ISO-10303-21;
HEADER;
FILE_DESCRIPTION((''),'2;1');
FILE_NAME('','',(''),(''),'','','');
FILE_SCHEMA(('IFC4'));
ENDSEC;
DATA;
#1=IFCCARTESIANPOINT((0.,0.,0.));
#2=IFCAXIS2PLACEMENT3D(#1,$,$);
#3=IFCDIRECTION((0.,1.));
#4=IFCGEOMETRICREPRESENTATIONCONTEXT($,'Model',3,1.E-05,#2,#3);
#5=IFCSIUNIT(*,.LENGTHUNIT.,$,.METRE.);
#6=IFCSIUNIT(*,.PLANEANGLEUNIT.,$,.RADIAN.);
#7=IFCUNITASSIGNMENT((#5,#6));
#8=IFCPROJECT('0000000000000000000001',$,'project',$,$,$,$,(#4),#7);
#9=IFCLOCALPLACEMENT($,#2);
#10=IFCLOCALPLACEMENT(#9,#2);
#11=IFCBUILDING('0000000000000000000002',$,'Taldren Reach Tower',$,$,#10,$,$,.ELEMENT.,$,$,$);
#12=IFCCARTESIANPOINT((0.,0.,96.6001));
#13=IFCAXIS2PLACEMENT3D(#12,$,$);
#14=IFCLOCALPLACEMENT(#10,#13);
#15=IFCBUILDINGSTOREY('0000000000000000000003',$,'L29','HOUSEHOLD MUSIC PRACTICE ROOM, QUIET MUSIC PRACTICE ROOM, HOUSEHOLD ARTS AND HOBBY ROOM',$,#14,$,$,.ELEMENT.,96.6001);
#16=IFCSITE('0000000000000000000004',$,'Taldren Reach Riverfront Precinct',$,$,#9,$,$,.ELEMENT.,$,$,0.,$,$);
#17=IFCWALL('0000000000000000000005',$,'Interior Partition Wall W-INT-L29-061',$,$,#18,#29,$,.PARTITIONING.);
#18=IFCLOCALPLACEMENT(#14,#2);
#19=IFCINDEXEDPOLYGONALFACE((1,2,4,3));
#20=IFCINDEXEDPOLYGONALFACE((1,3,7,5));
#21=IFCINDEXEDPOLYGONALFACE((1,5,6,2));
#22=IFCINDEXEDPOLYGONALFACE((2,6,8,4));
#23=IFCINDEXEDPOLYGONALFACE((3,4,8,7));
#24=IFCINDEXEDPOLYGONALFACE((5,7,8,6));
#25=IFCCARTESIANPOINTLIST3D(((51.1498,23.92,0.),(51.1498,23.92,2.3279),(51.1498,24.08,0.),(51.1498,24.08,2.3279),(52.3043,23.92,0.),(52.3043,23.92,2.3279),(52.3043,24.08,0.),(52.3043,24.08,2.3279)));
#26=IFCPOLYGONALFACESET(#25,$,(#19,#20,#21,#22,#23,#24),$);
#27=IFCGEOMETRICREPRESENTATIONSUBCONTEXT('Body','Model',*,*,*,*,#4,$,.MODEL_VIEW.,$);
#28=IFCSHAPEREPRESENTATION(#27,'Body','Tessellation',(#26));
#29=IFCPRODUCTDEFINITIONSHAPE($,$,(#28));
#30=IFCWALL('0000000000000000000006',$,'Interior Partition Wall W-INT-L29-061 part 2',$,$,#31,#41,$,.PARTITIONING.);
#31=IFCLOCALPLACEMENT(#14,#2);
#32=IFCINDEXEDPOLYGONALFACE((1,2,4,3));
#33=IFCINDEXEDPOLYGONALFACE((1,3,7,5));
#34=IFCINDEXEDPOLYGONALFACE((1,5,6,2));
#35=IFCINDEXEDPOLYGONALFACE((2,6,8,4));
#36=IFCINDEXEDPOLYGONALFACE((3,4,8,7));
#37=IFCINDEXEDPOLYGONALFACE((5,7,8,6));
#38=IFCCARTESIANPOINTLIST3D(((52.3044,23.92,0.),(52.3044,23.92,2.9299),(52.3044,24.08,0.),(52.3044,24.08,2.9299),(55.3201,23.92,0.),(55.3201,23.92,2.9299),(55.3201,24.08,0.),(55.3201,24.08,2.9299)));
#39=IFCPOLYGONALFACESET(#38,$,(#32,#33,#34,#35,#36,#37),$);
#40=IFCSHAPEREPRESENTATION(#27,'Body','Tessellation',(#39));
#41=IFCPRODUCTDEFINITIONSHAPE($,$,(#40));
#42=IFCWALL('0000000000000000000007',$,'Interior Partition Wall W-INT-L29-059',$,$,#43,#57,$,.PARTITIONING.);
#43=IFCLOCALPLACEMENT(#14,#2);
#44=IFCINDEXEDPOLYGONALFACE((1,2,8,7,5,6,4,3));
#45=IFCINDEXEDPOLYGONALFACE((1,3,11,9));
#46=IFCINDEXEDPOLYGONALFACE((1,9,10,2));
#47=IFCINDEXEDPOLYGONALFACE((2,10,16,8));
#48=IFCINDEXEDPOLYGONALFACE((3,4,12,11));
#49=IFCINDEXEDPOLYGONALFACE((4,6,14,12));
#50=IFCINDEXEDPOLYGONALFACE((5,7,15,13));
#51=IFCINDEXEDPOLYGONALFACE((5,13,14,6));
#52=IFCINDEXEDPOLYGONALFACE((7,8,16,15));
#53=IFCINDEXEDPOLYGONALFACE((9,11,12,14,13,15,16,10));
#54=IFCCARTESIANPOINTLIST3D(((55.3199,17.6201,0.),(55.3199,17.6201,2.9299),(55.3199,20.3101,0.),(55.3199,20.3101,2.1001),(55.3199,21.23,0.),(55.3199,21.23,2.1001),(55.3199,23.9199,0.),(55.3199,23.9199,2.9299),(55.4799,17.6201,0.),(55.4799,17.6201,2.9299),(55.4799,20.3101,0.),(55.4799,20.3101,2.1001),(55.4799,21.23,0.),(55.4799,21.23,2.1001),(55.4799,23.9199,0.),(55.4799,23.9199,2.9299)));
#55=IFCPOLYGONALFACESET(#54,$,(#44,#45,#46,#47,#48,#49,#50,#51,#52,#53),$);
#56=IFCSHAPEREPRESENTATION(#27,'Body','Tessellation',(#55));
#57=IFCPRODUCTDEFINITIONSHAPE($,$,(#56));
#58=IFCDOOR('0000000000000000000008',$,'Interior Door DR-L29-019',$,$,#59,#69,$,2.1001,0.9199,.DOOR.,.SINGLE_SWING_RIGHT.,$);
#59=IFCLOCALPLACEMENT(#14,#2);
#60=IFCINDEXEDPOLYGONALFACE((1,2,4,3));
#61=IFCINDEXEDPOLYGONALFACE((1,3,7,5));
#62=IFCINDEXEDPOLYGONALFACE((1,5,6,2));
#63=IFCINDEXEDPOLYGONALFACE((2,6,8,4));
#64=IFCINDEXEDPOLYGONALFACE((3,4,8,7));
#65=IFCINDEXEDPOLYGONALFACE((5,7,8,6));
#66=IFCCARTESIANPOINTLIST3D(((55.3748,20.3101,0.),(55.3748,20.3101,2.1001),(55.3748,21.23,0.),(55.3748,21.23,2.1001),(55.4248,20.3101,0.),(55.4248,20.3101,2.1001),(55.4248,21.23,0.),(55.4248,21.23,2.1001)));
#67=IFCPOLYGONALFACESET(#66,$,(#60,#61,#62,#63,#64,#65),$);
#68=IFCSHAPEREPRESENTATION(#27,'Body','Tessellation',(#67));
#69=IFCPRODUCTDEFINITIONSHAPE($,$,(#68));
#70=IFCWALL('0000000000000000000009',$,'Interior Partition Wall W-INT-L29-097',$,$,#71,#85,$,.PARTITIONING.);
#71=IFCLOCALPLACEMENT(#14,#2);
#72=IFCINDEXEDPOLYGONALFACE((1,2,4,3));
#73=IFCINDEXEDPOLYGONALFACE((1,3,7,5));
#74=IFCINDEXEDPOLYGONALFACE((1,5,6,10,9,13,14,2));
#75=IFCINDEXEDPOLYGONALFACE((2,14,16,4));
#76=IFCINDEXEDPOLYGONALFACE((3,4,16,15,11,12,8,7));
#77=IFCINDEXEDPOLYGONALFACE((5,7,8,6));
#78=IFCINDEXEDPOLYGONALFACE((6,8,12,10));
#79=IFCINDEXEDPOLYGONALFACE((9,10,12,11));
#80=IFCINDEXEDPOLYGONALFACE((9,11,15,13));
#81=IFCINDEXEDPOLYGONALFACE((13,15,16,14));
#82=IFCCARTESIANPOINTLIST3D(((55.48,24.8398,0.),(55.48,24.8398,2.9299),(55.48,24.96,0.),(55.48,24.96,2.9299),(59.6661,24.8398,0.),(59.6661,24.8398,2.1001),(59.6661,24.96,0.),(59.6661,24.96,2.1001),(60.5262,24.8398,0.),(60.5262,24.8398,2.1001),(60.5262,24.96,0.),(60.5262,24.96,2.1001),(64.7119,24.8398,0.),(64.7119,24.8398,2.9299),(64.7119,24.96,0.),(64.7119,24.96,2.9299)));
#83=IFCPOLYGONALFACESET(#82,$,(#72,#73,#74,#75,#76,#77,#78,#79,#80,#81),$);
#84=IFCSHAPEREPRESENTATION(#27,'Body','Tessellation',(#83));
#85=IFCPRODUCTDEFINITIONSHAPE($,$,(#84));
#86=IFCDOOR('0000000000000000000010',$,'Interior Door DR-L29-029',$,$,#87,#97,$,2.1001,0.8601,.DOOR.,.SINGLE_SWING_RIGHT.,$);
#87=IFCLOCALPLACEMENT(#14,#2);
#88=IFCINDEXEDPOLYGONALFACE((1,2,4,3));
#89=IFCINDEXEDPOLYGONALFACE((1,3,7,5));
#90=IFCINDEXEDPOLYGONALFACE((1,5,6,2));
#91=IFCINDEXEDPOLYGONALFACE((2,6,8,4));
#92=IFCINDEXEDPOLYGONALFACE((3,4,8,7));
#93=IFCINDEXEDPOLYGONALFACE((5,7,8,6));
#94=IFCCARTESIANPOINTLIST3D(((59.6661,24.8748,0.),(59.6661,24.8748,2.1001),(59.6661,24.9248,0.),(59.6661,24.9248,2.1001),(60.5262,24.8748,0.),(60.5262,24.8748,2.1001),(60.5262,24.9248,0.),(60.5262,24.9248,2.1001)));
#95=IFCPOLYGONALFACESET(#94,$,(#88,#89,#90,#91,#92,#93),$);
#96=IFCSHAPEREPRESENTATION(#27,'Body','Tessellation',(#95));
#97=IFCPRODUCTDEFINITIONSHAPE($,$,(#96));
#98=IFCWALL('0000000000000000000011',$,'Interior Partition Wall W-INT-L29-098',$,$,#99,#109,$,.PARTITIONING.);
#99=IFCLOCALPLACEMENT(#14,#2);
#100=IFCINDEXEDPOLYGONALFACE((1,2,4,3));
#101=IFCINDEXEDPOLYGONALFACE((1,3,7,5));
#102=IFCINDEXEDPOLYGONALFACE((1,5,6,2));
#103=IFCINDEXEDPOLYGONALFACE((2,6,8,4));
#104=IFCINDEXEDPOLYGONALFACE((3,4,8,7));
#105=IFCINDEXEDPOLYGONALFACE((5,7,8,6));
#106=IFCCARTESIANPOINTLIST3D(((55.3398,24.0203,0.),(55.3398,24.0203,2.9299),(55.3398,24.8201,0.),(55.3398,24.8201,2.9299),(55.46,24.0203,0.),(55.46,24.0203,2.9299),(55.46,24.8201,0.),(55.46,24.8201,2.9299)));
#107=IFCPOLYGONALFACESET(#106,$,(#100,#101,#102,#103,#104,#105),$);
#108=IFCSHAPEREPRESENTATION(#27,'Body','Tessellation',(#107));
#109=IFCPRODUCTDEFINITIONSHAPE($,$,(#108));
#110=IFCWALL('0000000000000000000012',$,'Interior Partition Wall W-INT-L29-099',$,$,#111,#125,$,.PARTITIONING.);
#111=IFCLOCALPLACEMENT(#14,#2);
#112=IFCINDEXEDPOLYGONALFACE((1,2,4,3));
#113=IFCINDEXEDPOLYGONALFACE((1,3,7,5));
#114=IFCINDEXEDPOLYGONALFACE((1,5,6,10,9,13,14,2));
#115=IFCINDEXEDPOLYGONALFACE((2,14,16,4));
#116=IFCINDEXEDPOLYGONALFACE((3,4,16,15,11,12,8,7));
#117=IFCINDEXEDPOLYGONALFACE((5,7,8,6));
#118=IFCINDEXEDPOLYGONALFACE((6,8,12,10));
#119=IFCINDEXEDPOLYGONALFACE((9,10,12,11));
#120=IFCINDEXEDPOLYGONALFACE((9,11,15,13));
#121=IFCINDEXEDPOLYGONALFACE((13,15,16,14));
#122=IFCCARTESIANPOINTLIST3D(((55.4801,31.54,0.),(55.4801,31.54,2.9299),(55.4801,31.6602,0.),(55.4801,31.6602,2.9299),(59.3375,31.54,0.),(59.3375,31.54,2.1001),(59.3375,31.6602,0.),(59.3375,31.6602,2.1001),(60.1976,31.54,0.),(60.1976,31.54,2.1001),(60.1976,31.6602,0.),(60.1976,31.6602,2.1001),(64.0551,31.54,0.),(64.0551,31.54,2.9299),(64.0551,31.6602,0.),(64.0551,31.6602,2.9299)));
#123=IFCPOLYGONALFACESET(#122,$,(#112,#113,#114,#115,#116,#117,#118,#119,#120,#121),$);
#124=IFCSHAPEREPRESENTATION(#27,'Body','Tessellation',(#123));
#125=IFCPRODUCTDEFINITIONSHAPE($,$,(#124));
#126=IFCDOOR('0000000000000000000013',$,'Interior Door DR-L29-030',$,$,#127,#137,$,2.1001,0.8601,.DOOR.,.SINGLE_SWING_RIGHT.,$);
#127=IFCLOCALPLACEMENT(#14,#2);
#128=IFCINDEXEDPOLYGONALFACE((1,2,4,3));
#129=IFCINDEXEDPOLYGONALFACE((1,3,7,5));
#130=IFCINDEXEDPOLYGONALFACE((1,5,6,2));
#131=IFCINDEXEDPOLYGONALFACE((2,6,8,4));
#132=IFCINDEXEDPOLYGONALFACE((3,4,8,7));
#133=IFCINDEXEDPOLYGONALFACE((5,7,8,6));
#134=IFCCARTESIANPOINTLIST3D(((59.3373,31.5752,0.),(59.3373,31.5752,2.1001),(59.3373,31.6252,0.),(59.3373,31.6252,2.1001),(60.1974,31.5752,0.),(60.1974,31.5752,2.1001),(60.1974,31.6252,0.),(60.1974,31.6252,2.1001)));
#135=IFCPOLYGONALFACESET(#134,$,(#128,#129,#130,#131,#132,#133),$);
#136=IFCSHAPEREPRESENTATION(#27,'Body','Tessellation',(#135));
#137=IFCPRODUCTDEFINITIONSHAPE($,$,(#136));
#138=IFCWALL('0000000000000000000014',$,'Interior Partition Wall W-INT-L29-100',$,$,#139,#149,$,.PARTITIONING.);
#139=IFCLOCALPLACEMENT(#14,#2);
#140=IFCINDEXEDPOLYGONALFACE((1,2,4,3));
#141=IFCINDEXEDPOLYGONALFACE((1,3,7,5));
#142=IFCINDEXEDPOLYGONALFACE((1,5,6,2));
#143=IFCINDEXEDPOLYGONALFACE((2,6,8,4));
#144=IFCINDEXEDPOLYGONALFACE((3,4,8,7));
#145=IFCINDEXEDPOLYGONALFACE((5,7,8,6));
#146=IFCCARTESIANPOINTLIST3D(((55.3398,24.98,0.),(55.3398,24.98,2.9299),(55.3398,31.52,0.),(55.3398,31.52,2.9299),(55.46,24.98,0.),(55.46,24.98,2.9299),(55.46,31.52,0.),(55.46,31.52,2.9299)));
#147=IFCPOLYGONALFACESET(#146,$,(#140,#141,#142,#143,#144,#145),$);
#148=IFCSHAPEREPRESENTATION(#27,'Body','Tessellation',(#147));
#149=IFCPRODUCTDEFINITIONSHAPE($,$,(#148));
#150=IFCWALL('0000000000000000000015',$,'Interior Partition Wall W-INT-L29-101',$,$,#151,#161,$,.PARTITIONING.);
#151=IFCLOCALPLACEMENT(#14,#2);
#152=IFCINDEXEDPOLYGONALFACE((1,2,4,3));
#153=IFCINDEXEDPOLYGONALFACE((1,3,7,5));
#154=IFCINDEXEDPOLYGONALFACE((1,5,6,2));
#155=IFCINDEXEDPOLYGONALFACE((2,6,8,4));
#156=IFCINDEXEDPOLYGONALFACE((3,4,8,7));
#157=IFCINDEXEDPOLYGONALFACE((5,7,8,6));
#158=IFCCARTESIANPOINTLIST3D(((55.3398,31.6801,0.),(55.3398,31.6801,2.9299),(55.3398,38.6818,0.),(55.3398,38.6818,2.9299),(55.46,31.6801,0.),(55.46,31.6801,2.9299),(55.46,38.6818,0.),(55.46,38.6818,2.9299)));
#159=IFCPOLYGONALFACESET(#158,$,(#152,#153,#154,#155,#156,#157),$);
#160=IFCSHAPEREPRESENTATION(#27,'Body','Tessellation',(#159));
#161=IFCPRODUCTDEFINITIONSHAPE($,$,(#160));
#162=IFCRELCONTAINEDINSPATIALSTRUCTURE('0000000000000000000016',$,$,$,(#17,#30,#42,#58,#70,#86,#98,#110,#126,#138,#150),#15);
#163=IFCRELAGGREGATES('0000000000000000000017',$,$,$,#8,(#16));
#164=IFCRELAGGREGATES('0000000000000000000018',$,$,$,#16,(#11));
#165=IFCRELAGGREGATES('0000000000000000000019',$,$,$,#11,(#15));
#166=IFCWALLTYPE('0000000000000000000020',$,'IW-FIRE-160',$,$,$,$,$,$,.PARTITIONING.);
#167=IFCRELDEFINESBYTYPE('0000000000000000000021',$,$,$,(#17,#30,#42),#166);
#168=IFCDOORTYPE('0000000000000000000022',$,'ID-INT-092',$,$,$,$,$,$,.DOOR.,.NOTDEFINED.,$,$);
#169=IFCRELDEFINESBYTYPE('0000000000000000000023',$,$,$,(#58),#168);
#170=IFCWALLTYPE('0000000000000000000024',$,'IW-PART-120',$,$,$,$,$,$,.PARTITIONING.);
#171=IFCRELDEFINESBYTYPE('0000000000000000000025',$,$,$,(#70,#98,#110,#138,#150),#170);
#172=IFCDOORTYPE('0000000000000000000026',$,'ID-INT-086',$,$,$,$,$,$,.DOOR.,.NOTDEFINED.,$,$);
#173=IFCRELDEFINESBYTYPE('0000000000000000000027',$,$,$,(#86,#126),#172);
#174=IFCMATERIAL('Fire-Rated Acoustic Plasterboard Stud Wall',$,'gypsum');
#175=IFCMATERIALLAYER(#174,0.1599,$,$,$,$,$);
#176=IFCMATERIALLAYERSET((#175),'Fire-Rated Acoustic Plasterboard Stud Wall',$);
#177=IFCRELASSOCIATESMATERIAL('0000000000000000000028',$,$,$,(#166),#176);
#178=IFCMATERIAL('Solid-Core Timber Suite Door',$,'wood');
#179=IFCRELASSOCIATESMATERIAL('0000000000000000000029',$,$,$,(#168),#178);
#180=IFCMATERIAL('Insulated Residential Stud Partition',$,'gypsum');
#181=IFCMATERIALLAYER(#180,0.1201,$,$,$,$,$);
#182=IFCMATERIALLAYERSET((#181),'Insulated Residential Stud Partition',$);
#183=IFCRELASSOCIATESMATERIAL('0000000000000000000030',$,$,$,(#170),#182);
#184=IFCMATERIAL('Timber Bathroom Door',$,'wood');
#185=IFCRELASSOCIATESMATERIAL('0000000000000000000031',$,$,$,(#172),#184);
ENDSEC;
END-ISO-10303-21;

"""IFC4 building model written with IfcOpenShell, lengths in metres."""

from ifc_helpers import new_model, si_unit, direction, frame, frame_2d, origin, place, context, subcontext, project, spatial, rectangle, extrude, source, transform, mapped, material, layer, layer_set, type_object, element, fill, save


model = new_model("IFC4")

# Units and contexts
model_context = context("Model", 3, precision=1e-05, world=origin(), true_north=direction((0.0, 1.0)))
body_context = subcontext(model_context, "Body", "Model", "MODEL_VIEW")
ifc_project = project(units=[si_unit("LENGTHUNIT", "METRE"), si_unit("PLANEANGLEUNIT", "RADIAN")], contexts=[model_context])

# Site, building, storey
site_placement = place(None, origin())
site = spatial("IfcSite", under=ifc_project, at=site_placement, Name="Taldren Reach Riverfront Precinct", CompositionType="ELEMENT", RefElevation=0.0)
building_placement = place(site_placement, origin())
building = spatial("IfcBuilding", under=site, at=building_placement, Name="Taldren Reach Tower", CompositionType="ELEMENT")
storey_placement = place(building_placement, frame((0.0, 0.0, 96.6001)))
storey = spatial("IfcBuildingStorey", under=building, at=storey_placement, Name="L29", Description="HOUSEHOLD MUSIC PRACTICE ROOM, QUIET MUSIC PRACTICE ROOM, HOUSEHOLD ARTS AND HOBBY ROOM", CompositionType="ELEMENT", Elevation=96.6001)

# Walls
ifc_material_1 = material(Name="Fire-Rated Acoustic Plasterboard Stud Wall", Category="gypsum")
ifc_layer_1 = layer(ifc_material_1, 0.1599)
ifc_layer_set_1 = layer_set([ifc_layer_1], Name="Fire-Rated Acoustic Plasterboard Stud Wall")
wall_type_1 = type_object("IfcWallType", Name="IW-FIRE-160", PredefinedType="PARTITIONING", material=ifc_layer_set_1)
shared_shape_1 = source(origin(), body_context, "Body", "SweptSolid", [
    extrude(rectangle(XDim=1.1545, YDim=0.1599, at=frame_2d((0.5771, 0.0))), origin(), (0.0, 0.0, 1.0), 2.3279),
])
wall_1_placement = place(storey_placement, frame((51.1499, 24.0, 0.0), z_axis=(0.0, 0.0, 1.0), x_axis=(1.0, 0.0, 0.0)))
element("IfcWall", 1, at=wall_1_placement, inside=storey, type_object=wall_type_1, Name="Interior Partition Wall W-INT-L29-061", PredefinedType="PARTITIONING", context=body_context, shape_type="MappedRepresentation", body=[
    mapped(shared_shape_1, transform((0.0, 0.0, 0.0), scale=1.0)),
])
shared_shape_2 = source(origin(), body_context, "Body", "SweptSolid", [
    extrude(rectangle(XDim=3.0156, YDim=0.1599, at=frame_2d((1.5078, 0.0))), origin(), (0.0, 0.0, 1.0), 2.9299),
])
wall_2_placement = place(storey_placement, frame((52.3044, 24.0, 0.0), z_axis=(0.0, 0.0, 1.0), x_axis=(1.0, 0.0, 0.0)))
element("IfcWall", 2, at=wall_2_placement, inside=storey, type_object=wall_type_1, Name="Interior Partition Wall W-INT-L29-061 part 2", PredefinedType="PARTITIONING", context=body_context, shape_type="MappedRepresentation", body=[
    mapped(shared_shape_2, transform((0.0, 0.0, 0.0), scale=1.0)),
])

# Walls, openings, doors
shared_shape_3 = source(origin(), body_context, "Body", "SweptSolid", [
    extrude(rectangle(XDim=6.2998, YDim=0.1599, at=frame_2d((3.1499, 0.0))), origin(), (0.0, 0.0, 1.0), 2.9299),
])
wall_3_placement = place(storey_placement, frame((55.3999, 23.9199, 0.0), z_axis=(0.0, 0.0, 1.0), x_axis=(0.0, -1.0, 0.0)))
wall_3 = element("IfcWall", 3, at=wall_3_placement, inside=storey, type_object=wall_type_1, Name="Interior Partition Wall W-INT-L29-059", PredefinedType="PARTITIONING", context=body_context, shape_type="MappedRepresentation", body=[
    mapped(shared_shape_3, transform((0.0, 0.0, 0.0), scale=1.0)),
])
shared_shape_4 = source(origin(), body_context, "Body", "SweptSolid", [
    extrude(rectangle(XDim=0.9199, YDim=2.1001, at=frame_2d((0.46, 1.05))), frame((0.0, 0.0898, 0.0), z_axis=(0.0, -1.0, 0.0), x_axis=(1.0, 0.0, 0.0)), (0.0, 0.0, 1.0), 0.1799),
])
opening_1_placement = place(wall_3_placement, frame((2.6899, 0.0, 0.0)))
opening_1 = element("IfcOpeningElement", 4, at=opening_1_placement, cuts=wall_3, PredefinedType="OPENING", context=body_context, shape_type="MappedRepresentation", body=[
    mapped(shared_shape_4, transform((0.0, 0.0, 0.0), scale=1.0)),
])
ifc_material_2 = material(Name="Solid-Core Timber Suite Door", Category="wood")
door_type_1 = type_object("IfcDoorType", Name="ID-INT-092", OperationType="NOTDEFINED", PredefinedType="DOOR", material=ifc_material_2)
shared_shape_5 = source(origin(), body_context, "Body", "SweptSolid", [
    extrude(rectangle(XDim=0.9199, YDim=2.1001, at=frame_2d((0.46, 1.05))), frame((0.0, 0.0249, 0.0), z_axis=(0.0, -1.0, 0.0), x_axis=(1.0, 0.0, 0.0)), (0.0, 0.0, 1.0), 0.05),
])
door_1_placement = place(opening_1_placement, origin())
door_1 = element("IfcDoor", 5, at=door_1_placement, inside=storey, type_object=door_type_1, Name="Interior Door DR-L29-019", OperationType="SINGLE_SWING_RIGHT", OverallHeight=2.1001, OverallWidth=0.9199, PredefinedType="DOOR", context=body_context, shape_type="MappedRepresentation", body=[
    mapped(shared_shape_5, transform((0.0, 0.0, 0.0), scale=1.0)),
])
fill(opening_1, door_1)
ifc_material_3 = material(Name="Insulated Residential Stud Partition", Category="gypsum")
ifc_layer_2 = layer(ifc_material_3, 0.1201)
ifc_layer_set_2 = layer_set([ifc_layer_2], Name="Insulated Residential Stud Partition")
wall_type_2 = type_object("IfcWallType", Name="IW-PART-120", PredefinedType="PARTITIONING", material=ifc_layer_set_2)
shared_shape_6 = source(origin(), body_context, "Body", "SweptSolid", [
    extrude(rectangle(XDim=9.2319, YDim=0.1201, at=frame_2d((4.616, 0.0))), origin(), (0.0, 0.0, 1.0), 2.9299),
])
wall_4_placement = place(storey_placement, frame((55.48, 24.8999, 0.0), z_axis=(0.0, 0.0, 1.0), x_axis=(1.0, 0.0, 0.0)))
wall_4 = element("IfcWall", 6, at=wall_4_placement, inside=storey, type_object=wall_type_2, Name="Interior Partition Wall W-INT-L29-097", PredefinedType="PARTITIONING", context=body_context, shape_type="MappedRepresentation", body=[
    mapped(shared_shape_6, transform((0.0, 0.0, 0.0), scale=1.0)),
])
shared_shape_7 = source(origin(), body_context, "Body", "SweptSolid", [
    extrude(rectangle(XDim=0.8601, YDim=2.1001, at=frame_2d((0.4302, 1.05))), frame((0.0, 0.0701, 0.0), z_axis=(0.0, -1.0, 0.0), x_axis=(1.0, 0.0, 0.0)), (0.0, 0.0, 1.0), 0.1401),
])
opening_2_placement = place(wall_4_placement, frame((4.186, 0.0, 0.0)))
opening_2 = element("IfcOpeningElement", 7, at=opening_2_placement, cuts=wall_4, PredefinedType="OPENING", context=body_context, shape_type="MappedRepresentation", body=[
    mapped(shared_shape_7, transform((0.0, 0.0, 0.0), scale=1.0)),
])
ifc_material_4 = material(Name="Timber Bathroom Door", Category="wood")
door_type_2 = type_object("IfcDoorType", Name="ID-INT-086", OperationType="NOTDEFINED", PredefinedType="DOOR", material=ifc_material_4)
shared_shape_8 = source(origin(), body_context, "Body", "SweptSolid", [
    extrude(rectangle(XDim=0.8601, YDim=2.1001, at=frame_2d((0.4302, 1.05))), frame((0.0, 0.0249, 0.0), z_axis=(0.0, -1.0, 0.0), x_axis=(1.0, 0.0, 0.0)), (0.0, 0.0, 1.0), 0.05),
])
door_2_placement = place(opening_2_placement, origin())
door_2 = element("IfcDoor", 8, at=door_2_placement, inside=storey, type_object=door_type_2, Name="Interior Door DR-L29-029", OperationType="SINGLE_SWING_RIGHT", OverallHeight=2.1001, OverallWidth=0.8601, PredefinedType="DOOR", context=body_context, shape_type="MappedRepresentation", body=[
    mapped(shared_shape_8, transform((0.0, 0.0, 0.0), scale=1.0)),
])
fill(opening_2, door_2)

# Wall
shared_shape_9 = source(origin(), body_context, "Body", "SweptSolid", [
    extrude(rectangle(XDim=0.7998, YDim=0.1201, at=frame_2d((0.3999, 0.0))), origin(), (0.0, 0.0, 1.0), 2.9299),
])
wall_5_placement = place(storey_placement, frame((55.3999, 24.0203, 0.0), z_axis=(0.0, 0.0, 1.0), x_axis=(0.0, 1.0, 0.0)))
element("IfcWall", 9, at=wall_5_placement, inside=storey, type_object=wall_type_2, Name="Interior Partition Wall W-INT-L29-098", PredefinedType="PARTITIONING", context=body_context, shape_type="MappedRepresentation", body=[
    mapped(shared_shape_9, transform((0.0, 0.0, 0.0), scale=1.0)),
])

# Wall, opening, door
shared_shape_10 = source(origin(), body_context, "Body", "SweptSolid", [
    extrude(rectangle(XDim=8.575, YDim=0.1201, at=frame_2d((4.2876, 0.0))), origin(), (0.0, 0.0, 1.0), 2.9299),
])
wall_6_placement = place(storey_placement, frame((55.48, 31.6001, 0.0), z_axis=(0.0, 0.0, 1.0), x_axis=(1.0, 0.0, 0.0)))
wall_6 = element("IfcWall", 10, at=wall_6_placement, inside=storey, type_object=wall_type_2, Name="Interior Partition Wall W-INT-L29-099", PredefinedType="PARTITIONING", context=body_context, shape_type="MappedRepresentation", body=[
    mapped(shared_shape_10, transform((0.0, 0.0, 0.0), scale=1.0)),
])
opening_3_placement = place(wall_6_placement, frame((3.8574, 0.0, 0.0)))
opening_3 = element("IfcOpeningElement", 11, at=opening_3_placement, cuts=wall_6, PredefinedType="OPENING", context=body_context, shape_type="MappedRepresentation", body=[
    mapped(shared_shape_7, transform((0.0, 0.0, 0.0), scale=1.0)),
])
door_3_placement = place(opening_3_placement, frame((0.8601, 0.0, 0.0), z_axis=(0.0, 0.0, 1.0), x_axis=(-1.0, 0.0, 0.0)))
door_3 = element("IfcDoor", 12, at=door_3_placement, inside=storey, type_object=door_type_2, Name="Interior Door DR-L29-030", OperationType="SINGLE_SWING_RIGHT", OverallHeight=2.1001, OverallWidth=0.8601, PredefinedType="DOOR", context=body_context, shape_type="MappedRepresentation", body=[
    mapped(shared_shape_8, transform((0.0, 0.0, 0.0), scale=1.0)),
])
fill(opening_3, door_3)

# Walls
shared_shape_11 = source(origin(), body_context, "Body", "SweptSolid", [
    extrude(rectangle(XDim=6.54, YDim=0.1201, at=frame_2d((3.27, 0.0))), origin(), (0.0, 0.0, 1.0), 2.9299),
])
wall_7_placement = place(storey_placement, frame((55.3999, 24.98, 0.0), z_axis=(0.0, 0.0, 1.0), x_axis=(0.0, 1.0, 0.0)))
element("IfcWall", 13, at=wall_7_placement, inside=storey, type_object=wall_type_2, Name="Interior Partition Wall W-INT-L29-100", PredefinedType="PARTITIONING", context=body_context, shape_type="MappedRepresentation", body=[
    mapped(shared_shape_11, transform((0.0, 0.0, 0.0), scale=1.0)),
])
shared_shape_12 = source(origin(), body_context, "Body", "SweptSolid", [
    extrude(rectangle(XDim=7.0017, YDim=0.1201, at=frame_2d((3.501, 0.0))), origin(), (0.0, 0.0, 1.0), 2.9299),
])
wall_8_placement = place(storey_placement, frame((55.3999, 31.6799, 0.0), z_axis=(0.0, 0.0, 1.0), x_axis=(0.0, 1.0, 0.0)))
element("IfcWall", 14, at=wall_8_placement, inside=storey, type_object=wall_type_2, Name="Interior Partition Wall W-INT-L29-101", PredefinedType="PARTITIONING", context=body_context, shape_type="MappedRepresentation", body=[
    mapped(shared_shape_12, transform((0.0, 0.0, 0.0), scale=1.0)),
])

save(model, "model.ifc")
